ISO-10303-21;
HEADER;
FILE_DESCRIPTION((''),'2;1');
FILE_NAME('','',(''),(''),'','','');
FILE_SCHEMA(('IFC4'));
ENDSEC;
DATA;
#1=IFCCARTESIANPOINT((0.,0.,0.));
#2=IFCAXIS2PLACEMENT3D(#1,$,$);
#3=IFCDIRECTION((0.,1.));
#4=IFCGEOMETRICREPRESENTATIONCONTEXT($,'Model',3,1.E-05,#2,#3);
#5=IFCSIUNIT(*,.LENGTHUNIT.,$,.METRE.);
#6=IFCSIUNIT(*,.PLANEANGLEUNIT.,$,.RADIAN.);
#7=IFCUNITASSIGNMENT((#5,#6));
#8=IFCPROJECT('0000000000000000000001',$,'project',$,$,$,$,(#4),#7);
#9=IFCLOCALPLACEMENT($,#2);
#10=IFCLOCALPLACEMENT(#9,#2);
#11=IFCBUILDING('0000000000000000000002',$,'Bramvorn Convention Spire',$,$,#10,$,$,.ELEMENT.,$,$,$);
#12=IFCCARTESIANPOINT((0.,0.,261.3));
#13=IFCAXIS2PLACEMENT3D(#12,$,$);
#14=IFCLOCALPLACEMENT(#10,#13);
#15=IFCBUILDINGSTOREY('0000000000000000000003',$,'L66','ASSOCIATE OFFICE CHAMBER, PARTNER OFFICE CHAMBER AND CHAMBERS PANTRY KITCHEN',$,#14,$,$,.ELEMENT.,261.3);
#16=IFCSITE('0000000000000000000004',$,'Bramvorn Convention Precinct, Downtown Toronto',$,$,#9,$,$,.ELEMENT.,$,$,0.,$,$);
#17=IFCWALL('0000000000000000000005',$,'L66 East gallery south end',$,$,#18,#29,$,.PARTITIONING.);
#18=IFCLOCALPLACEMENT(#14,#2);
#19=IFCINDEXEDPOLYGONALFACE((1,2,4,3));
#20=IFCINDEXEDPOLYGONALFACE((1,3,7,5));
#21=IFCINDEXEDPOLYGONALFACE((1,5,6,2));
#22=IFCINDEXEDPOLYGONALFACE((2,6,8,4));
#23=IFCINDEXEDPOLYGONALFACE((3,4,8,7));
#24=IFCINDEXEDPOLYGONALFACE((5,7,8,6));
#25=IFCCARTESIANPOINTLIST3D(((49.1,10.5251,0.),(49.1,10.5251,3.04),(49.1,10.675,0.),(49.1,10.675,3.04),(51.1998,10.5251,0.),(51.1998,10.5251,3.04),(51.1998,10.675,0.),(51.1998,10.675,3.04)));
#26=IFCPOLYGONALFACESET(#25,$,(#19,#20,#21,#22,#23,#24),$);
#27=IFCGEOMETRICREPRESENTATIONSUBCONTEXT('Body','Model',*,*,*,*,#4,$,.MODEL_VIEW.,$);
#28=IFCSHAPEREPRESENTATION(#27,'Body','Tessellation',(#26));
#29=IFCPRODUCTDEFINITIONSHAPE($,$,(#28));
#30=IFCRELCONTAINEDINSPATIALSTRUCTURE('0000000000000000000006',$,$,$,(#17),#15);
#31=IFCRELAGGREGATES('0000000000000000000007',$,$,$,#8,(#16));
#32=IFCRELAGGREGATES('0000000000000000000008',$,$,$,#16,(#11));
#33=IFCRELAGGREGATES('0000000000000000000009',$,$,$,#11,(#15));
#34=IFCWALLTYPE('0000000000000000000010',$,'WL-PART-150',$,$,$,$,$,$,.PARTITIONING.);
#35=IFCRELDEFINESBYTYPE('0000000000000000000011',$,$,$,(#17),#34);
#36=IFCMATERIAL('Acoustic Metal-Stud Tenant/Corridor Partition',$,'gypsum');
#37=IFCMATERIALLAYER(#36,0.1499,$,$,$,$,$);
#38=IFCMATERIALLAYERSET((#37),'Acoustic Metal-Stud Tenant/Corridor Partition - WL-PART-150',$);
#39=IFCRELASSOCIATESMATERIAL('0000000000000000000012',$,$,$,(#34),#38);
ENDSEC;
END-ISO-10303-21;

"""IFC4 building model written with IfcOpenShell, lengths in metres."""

from ifc_helpers import new_model, si_unit, direction, frame, frame_2d, origin, place, context, subcontext, project, spatial, rectangle, extrude, material, layer, layer_set, type_object, element, save


model = new_model("IFC4")

# Units and contexts
model_context = context("Model", 3, precision=1e-05, world=origin(), true_north=direction((0.0, 1.0)))
body_context = subcontext(model_context, "Body", "Model", "MODEL_VIEW")
ifc_project = project(units=[si_unit("LENGTHUNIT", "METRE"), si_unit("PLANEANGLEUNIT", "RADIAN")], contexts=[model_context])

# Site, building, storey
site_placement = place(None, origin())
site = spatial("IfcSite", under=ifc_project, at=site_placement, Name="Bramvorn Convention Precinct, Downtown Toronto", CompositionType="ELEMENT", RefElevation=0.0)
building_placement = place(site_placement, origin())
building = spatial("IfcBuilding", under=site, at=building_placement, Name="Bramvorn Convention Spire", CompositionType="ELEMENT")
storey_placement = place(building_placement, frame((0.0, 0.0, 261.3)))
storey = spatial("IfcBuildingStorey", under=building, at=storey_placement, Name="L66", Description="ASSOCIATE OFFICE CHAMBER, PARTNER OFFICE CHAMBER AND CHAMBERS PANTRY KITCHEN", CompositionType="ELEMENT", Elevation=261.3)

# Wall
ifc_material_1 = material(Name="Acoustic Metal-Stud Tenant/Corridor Partition", Category="gypsum")
ifc_layer_1 = layer(ifc_material_1, 0.1499)
ifc_layer_set_1 = layer_set([ifc_layer_1], Name="Acoustic Metal-Stud Tenant/Corridor Partition - WL-PART-150")
wall_type_1 = type_object("IfcWallType", Name="WL-PART-150", PredefinedType="PARTITIONING", material=ifc_layer_set_1)
wall_1_placement = place(storey_placement, frame((49.1001, 10.6001, 0.0), z_axis=(0.0, 0.0, 1.0), x_axis=(1.0, 0.0, 0.0)))
element("IfcWall", 1, at=wall_1_placement, inside=storey, type_object=wall_type_1, Name="L66 East gallery south end", PredefinedType="PARTITIONING", context=body_context, shape_type="SweptSolid", body=[
    extrude(rectangle(XDim=2.0999, YDim=0.1499, at=frame_2d((1.0498, 0.0))), origin(), (0.0, 0.0, 1.0), 3.04),
])

save(model, "model.ifc")
